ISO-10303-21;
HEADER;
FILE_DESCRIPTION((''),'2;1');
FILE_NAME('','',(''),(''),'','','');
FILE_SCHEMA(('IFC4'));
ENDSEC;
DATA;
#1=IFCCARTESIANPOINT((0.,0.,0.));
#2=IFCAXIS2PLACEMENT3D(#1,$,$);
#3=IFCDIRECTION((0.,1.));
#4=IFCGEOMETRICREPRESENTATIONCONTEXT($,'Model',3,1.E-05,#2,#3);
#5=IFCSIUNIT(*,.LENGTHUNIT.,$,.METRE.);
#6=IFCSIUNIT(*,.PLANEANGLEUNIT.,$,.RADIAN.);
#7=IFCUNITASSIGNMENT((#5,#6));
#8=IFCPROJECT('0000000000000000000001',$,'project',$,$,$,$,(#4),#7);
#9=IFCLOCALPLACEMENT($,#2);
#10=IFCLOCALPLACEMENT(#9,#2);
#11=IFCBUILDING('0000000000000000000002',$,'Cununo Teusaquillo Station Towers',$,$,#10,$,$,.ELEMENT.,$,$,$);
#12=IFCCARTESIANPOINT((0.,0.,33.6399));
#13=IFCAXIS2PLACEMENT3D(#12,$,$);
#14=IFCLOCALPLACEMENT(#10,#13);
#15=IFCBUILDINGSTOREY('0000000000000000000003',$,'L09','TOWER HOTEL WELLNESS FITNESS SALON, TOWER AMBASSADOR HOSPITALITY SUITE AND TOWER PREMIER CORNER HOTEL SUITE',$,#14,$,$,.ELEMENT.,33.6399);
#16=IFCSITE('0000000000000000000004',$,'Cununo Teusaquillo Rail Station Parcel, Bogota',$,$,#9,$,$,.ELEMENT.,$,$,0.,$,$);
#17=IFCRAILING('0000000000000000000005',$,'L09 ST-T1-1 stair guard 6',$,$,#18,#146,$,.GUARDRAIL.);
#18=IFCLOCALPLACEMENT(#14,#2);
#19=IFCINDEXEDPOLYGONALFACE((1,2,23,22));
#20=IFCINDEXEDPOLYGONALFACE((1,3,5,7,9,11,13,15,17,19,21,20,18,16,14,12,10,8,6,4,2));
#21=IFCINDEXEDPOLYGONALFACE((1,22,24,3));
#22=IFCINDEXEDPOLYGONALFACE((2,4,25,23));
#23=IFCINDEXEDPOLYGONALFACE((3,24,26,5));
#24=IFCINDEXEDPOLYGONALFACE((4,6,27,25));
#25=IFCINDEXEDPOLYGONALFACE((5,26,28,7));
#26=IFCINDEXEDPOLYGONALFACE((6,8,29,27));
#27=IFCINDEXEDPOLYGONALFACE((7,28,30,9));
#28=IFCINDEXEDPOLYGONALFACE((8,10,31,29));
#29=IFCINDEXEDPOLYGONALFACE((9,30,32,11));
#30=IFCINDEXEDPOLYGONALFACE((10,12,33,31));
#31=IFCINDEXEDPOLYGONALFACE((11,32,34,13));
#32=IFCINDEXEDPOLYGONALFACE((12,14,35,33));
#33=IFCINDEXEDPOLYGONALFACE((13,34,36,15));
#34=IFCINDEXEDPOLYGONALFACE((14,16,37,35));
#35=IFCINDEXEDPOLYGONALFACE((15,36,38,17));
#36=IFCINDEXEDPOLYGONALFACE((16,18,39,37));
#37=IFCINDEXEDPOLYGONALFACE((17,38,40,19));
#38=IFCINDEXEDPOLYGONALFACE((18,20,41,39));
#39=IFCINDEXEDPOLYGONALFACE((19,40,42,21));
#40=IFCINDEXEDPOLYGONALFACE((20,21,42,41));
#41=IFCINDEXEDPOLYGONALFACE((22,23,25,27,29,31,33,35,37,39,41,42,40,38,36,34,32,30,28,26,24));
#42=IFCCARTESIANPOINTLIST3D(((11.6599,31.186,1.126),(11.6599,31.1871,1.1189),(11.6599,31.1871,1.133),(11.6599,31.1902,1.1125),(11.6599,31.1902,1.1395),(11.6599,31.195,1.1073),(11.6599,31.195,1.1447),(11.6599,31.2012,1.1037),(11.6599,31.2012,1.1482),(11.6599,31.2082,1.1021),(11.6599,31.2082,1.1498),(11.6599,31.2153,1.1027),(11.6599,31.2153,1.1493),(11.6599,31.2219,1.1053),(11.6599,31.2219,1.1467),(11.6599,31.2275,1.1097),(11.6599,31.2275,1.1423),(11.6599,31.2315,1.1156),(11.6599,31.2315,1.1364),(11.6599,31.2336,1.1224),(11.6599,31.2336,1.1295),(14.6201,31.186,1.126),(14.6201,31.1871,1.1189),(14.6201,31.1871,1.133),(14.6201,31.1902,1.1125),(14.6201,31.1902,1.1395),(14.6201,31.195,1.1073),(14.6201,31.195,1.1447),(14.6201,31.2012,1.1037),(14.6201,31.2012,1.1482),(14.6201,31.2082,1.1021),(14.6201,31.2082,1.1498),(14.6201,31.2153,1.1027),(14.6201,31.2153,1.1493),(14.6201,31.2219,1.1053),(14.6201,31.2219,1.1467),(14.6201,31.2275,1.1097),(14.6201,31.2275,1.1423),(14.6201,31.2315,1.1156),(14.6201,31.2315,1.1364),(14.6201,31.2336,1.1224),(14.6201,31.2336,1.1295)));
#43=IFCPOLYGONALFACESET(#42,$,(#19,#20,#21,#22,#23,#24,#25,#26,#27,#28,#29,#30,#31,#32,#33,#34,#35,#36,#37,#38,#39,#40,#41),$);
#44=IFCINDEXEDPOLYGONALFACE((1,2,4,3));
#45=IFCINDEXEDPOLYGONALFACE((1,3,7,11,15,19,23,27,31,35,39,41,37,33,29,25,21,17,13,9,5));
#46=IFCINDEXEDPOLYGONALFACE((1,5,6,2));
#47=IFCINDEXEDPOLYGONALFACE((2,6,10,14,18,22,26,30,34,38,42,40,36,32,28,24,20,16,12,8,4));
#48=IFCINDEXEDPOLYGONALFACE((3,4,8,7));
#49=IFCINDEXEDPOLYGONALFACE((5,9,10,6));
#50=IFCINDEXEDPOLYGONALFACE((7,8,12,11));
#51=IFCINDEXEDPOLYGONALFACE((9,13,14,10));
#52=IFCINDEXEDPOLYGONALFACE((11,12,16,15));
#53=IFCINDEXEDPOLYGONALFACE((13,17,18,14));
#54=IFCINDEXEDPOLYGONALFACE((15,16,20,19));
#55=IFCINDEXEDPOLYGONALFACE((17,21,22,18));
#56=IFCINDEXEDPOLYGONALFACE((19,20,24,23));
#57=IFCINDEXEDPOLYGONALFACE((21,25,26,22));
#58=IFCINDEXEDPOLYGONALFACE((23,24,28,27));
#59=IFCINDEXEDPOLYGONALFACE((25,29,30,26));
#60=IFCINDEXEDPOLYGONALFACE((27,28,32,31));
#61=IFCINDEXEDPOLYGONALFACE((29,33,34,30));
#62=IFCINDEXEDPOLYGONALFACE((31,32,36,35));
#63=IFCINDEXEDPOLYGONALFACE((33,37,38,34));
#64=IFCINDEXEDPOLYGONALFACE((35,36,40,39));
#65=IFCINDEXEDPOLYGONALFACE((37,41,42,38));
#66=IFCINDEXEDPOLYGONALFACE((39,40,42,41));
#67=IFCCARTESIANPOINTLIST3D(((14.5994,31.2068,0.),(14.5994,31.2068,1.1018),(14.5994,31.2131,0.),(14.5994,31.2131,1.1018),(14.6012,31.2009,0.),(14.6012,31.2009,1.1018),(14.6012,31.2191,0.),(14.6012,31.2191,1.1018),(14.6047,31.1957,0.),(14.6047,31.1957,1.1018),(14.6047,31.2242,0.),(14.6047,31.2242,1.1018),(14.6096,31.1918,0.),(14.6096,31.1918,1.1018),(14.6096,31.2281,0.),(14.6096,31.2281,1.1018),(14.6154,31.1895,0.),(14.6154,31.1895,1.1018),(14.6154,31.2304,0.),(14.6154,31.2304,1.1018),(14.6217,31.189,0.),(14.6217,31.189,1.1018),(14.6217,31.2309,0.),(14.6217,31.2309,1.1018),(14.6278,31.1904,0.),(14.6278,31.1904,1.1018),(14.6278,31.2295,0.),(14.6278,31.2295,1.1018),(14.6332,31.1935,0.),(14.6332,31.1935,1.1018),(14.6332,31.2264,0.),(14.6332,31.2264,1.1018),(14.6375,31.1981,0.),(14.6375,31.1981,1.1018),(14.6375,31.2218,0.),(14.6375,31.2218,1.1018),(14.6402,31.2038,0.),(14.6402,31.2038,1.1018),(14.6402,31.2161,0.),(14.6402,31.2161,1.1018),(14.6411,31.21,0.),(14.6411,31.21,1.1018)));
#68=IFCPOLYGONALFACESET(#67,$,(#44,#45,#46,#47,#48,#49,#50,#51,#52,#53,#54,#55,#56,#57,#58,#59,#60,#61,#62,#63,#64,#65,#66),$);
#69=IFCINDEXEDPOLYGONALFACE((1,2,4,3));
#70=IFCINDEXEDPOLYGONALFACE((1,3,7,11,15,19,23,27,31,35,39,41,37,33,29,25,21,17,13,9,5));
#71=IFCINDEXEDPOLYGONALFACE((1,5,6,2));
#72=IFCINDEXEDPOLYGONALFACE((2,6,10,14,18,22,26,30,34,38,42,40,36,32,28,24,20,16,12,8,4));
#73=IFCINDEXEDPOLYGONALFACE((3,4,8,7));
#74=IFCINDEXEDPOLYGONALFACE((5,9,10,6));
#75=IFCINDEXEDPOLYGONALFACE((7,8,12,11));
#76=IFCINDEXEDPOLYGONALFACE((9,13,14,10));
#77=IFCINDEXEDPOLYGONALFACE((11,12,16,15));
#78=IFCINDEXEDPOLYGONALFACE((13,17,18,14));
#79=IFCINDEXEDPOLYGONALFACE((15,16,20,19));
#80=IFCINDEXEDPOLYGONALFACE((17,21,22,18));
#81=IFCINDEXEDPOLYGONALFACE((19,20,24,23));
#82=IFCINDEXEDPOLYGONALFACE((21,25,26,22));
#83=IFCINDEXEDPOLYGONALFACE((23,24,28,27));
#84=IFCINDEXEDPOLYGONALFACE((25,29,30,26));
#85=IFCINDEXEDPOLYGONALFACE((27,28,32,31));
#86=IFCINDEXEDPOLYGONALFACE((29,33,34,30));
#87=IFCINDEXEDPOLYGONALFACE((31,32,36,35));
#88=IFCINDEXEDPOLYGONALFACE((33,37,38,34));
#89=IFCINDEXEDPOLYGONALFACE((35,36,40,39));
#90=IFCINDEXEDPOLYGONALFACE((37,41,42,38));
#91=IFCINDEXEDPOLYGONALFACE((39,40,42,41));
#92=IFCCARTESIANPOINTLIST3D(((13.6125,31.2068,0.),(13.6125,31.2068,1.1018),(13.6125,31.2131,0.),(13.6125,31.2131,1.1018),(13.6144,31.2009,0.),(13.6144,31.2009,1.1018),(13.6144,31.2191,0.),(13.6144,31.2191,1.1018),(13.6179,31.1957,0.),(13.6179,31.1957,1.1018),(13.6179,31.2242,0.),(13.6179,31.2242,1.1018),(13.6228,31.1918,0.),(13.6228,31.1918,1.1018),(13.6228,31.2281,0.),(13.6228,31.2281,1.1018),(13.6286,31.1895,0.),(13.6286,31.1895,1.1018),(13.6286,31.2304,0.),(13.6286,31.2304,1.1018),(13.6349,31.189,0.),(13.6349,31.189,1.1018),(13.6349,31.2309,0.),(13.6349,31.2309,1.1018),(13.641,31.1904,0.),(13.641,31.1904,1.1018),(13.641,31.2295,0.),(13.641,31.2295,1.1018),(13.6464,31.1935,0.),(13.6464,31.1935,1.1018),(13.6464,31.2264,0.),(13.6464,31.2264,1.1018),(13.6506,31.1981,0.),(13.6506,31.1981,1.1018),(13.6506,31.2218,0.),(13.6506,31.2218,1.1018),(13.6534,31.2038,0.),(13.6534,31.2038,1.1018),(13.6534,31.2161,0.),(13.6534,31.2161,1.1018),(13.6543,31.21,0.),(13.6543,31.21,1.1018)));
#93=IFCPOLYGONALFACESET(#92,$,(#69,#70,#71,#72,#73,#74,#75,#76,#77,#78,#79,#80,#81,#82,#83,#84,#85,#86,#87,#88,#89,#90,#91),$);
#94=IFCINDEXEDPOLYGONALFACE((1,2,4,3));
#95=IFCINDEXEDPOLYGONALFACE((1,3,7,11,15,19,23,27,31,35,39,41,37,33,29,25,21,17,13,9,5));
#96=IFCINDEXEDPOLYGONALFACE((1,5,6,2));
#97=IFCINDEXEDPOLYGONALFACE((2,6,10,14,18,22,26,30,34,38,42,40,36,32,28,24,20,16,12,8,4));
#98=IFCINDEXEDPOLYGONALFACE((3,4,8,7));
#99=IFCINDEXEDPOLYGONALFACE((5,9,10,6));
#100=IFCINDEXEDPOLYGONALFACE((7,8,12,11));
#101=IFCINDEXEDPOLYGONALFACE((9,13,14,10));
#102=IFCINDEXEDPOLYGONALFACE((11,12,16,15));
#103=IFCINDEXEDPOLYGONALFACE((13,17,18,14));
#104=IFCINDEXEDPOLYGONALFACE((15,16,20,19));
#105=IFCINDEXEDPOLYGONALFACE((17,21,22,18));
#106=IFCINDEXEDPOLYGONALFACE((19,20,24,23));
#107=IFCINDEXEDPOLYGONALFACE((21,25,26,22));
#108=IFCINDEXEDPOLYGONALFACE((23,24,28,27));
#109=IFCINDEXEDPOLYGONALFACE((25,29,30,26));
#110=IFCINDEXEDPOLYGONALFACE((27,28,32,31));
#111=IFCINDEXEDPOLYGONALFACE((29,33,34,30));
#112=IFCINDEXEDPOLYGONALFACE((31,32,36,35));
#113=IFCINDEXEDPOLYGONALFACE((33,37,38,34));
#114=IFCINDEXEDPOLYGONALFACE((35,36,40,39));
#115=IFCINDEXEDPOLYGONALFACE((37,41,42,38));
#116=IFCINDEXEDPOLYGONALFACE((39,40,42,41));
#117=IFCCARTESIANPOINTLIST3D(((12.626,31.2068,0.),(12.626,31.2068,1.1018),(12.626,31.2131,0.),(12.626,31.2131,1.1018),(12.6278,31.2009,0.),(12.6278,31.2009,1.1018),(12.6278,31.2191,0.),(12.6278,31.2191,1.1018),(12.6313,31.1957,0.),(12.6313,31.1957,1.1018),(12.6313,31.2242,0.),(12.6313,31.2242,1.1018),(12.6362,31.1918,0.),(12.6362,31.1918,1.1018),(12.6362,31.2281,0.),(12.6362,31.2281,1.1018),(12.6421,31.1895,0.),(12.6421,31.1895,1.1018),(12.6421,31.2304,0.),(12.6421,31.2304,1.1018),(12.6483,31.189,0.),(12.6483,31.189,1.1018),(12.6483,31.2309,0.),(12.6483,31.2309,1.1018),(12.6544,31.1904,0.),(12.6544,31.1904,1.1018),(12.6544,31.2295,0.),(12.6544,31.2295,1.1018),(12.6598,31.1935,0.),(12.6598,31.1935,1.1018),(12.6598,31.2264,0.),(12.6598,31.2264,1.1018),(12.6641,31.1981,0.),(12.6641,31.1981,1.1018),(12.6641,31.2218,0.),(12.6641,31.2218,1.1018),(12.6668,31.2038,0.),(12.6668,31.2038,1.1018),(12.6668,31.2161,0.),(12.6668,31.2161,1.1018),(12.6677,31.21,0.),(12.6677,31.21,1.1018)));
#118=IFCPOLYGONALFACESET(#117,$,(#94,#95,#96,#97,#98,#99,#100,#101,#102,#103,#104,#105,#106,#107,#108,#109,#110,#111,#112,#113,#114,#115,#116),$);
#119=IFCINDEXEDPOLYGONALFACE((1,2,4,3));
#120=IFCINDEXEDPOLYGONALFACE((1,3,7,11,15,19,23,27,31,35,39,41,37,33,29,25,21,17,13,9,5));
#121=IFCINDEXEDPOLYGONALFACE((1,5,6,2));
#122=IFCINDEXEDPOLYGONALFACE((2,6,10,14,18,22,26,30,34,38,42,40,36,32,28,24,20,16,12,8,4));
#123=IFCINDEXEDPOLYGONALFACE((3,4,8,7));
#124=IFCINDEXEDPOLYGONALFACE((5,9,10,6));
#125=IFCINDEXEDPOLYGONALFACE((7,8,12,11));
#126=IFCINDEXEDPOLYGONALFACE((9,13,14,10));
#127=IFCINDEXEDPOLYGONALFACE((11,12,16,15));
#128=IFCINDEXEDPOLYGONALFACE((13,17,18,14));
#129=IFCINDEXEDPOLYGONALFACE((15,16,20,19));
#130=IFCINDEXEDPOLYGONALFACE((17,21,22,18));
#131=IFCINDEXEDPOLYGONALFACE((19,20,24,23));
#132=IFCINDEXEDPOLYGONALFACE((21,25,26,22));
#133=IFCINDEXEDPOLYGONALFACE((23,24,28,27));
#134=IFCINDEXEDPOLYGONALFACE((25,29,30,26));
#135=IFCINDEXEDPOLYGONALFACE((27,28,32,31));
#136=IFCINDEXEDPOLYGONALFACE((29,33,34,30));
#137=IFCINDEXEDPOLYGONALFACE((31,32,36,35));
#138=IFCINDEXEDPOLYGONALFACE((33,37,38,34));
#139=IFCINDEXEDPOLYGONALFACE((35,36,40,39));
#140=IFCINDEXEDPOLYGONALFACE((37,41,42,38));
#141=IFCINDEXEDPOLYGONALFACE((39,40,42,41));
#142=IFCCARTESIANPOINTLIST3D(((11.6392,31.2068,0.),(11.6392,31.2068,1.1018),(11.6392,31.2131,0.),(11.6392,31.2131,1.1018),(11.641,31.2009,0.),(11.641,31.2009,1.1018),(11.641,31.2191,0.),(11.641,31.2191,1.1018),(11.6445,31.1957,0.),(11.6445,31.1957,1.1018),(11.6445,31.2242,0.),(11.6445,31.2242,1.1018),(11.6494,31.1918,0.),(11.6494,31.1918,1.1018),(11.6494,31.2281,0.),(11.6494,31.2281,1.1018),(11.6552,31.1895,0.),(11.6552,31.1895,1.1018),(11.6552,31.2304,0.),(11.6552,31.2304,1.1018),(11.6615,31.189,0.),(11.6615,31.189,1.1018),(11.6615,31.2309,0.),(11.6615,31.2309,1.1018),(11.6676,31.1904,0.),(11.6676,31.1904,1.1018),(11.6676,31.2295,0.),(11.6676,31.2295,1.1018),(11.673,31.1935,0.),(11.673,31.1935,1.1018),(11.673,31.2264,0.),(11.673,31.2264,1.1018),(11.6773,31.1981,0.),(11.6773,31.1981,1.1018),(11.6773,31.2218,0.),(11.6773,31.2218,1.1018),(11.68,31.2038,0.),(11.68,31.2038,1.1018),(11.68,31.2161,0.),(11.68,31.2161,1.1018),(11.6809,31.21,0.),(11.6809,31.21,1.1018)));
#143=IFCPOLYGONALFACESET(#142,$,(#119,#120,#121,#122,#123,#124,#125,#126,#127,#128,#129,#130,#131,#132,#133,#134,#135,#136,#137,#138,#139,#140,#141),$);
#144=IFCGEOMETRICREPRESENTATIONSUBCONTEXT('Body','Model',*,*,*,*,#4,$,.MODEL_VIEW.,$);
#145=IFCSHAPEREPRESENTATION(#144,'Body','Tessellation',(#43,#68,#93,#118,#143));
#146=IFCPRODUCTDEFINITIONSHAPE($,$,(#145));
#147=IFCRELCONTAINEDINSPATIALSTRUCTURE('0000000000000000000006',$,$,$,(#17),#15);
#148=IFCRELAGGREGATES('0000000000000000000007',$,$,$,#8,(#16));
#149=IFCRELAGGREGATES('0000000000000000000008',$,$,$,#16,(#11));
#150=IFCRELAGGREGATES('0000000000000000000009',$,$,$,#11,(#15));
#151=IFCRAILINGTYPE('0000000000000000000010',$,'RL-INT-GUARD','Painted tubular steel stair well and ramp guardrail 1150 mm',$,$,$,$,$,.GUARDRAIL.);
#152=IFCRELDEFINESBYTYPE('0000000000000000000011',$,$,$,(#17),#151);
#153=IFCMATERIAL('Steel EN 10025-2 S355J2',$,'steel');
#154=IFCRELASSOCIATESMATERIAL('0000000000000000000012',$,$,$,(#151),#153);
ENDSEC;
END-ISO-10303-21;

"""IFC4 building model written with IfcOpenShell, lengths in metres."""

from ifc_helpers import new_model, si_unit, direction, frame, origin, origin_2d, place, context, subcontext, project, spatial, circle, extrude, material, type_object, element, save


model = new_model("IFC4")

# Units and contexts
model_context = context("Model", 3, precision=1e-05, world=origin(), true_north=direction((0.0, 1.0)))
body_context = subcontext(model_context, "Body", "Model", "MODEL_VIEW")
ifc_project = project(units=[si_unit("LENGTHUNIT", "METRE"), si_unit("PLANEANGLEUNIT", "RADIAN")], contexts=[model_context])

# Site, building, storey
site_placement = place(None, origin())
site = spatial("IfcSite", under=ifc_project, at=site_placement, Name="Cununo Teusaquillo Rail Station Parcel, Bogota", CompositionType="ELEMENT", RefElevation=0.0)
building_placement = place(site_placement, origin())
building = spatial("IfcBuilding", under=site, at=building_placement, Name="Cununo Teusaquillo Station Towers", CompositionType="ELEMENT")
storey_placement = place(building_placement, frame((0.0, 0.0, 33.6399)))
storey = spatial("IfcBuildingStorey", under=building, at=storey_placement, Name="L09", Description="TOWER HOTEL WELLNESS FITNESS SALON, TOWER AMBASSADOR HOSPITALITY SUITE AND TOWER PREMIER CORNER HOTEL SUITE", CompositionType="ELEMENT", Elevation=33.6399)

# Railing
ifc_material_1 = material(Name="Steel EN 10025-2 S355J2", Category="steel")
railing_type_1 = type_object("IfcRailingType", Name="RL-INT-GUARD", Description="Painted tubular steel stair well and ramp guardrail 1150 mm", PredefinedType="GUARDRAIL", material=ifc_material_1)
railing_1_placement = place(storey_placement, frame((14.6201, 31.21, 0.0)))
element("IfcRailing", 1, at=railing_1_placement, inside=storey, type_object=railing_type_1, Name="L09 ST-T1-1 stair guard 6", PredefinedType="GUARDRAIL", context=body_context, shape_type="SweptSolid", body=[
    extrude(circle(Radius=0.0239, at=origin_2d()), frame((0.0, 0.0, 1.126), z_axis=(-1.0, 0.0, 0.0), x_axis=(0.0, -1.0, 0.0)), (0.0, 0.0, 1.0), 2.9602),
    extrude(circle(Radius=0.021, at=origin_2d()), origin(), (0.0, 0.0, 1.0), 1.1018),
    extrude(circle(Radius=0.021, at=origin_2d()), frame((-0.9868, 0.0, 0.0)), (0.0, 0.0, 1.0), 1.1018),
    extrude(circle(Radius=0.021, at=origin_2d()), frame((-1.9734, 0.0, 0.0)), (0.0, 0.0, 1.0), 1.1018),
    extrude(circle(Radius=0.021, at=origin_2d()), frame((-2.9602, 0.0, 0.0)), (0.0, 0.0, 1.0), 1.1018),
])

save(model, "model.ifc")
